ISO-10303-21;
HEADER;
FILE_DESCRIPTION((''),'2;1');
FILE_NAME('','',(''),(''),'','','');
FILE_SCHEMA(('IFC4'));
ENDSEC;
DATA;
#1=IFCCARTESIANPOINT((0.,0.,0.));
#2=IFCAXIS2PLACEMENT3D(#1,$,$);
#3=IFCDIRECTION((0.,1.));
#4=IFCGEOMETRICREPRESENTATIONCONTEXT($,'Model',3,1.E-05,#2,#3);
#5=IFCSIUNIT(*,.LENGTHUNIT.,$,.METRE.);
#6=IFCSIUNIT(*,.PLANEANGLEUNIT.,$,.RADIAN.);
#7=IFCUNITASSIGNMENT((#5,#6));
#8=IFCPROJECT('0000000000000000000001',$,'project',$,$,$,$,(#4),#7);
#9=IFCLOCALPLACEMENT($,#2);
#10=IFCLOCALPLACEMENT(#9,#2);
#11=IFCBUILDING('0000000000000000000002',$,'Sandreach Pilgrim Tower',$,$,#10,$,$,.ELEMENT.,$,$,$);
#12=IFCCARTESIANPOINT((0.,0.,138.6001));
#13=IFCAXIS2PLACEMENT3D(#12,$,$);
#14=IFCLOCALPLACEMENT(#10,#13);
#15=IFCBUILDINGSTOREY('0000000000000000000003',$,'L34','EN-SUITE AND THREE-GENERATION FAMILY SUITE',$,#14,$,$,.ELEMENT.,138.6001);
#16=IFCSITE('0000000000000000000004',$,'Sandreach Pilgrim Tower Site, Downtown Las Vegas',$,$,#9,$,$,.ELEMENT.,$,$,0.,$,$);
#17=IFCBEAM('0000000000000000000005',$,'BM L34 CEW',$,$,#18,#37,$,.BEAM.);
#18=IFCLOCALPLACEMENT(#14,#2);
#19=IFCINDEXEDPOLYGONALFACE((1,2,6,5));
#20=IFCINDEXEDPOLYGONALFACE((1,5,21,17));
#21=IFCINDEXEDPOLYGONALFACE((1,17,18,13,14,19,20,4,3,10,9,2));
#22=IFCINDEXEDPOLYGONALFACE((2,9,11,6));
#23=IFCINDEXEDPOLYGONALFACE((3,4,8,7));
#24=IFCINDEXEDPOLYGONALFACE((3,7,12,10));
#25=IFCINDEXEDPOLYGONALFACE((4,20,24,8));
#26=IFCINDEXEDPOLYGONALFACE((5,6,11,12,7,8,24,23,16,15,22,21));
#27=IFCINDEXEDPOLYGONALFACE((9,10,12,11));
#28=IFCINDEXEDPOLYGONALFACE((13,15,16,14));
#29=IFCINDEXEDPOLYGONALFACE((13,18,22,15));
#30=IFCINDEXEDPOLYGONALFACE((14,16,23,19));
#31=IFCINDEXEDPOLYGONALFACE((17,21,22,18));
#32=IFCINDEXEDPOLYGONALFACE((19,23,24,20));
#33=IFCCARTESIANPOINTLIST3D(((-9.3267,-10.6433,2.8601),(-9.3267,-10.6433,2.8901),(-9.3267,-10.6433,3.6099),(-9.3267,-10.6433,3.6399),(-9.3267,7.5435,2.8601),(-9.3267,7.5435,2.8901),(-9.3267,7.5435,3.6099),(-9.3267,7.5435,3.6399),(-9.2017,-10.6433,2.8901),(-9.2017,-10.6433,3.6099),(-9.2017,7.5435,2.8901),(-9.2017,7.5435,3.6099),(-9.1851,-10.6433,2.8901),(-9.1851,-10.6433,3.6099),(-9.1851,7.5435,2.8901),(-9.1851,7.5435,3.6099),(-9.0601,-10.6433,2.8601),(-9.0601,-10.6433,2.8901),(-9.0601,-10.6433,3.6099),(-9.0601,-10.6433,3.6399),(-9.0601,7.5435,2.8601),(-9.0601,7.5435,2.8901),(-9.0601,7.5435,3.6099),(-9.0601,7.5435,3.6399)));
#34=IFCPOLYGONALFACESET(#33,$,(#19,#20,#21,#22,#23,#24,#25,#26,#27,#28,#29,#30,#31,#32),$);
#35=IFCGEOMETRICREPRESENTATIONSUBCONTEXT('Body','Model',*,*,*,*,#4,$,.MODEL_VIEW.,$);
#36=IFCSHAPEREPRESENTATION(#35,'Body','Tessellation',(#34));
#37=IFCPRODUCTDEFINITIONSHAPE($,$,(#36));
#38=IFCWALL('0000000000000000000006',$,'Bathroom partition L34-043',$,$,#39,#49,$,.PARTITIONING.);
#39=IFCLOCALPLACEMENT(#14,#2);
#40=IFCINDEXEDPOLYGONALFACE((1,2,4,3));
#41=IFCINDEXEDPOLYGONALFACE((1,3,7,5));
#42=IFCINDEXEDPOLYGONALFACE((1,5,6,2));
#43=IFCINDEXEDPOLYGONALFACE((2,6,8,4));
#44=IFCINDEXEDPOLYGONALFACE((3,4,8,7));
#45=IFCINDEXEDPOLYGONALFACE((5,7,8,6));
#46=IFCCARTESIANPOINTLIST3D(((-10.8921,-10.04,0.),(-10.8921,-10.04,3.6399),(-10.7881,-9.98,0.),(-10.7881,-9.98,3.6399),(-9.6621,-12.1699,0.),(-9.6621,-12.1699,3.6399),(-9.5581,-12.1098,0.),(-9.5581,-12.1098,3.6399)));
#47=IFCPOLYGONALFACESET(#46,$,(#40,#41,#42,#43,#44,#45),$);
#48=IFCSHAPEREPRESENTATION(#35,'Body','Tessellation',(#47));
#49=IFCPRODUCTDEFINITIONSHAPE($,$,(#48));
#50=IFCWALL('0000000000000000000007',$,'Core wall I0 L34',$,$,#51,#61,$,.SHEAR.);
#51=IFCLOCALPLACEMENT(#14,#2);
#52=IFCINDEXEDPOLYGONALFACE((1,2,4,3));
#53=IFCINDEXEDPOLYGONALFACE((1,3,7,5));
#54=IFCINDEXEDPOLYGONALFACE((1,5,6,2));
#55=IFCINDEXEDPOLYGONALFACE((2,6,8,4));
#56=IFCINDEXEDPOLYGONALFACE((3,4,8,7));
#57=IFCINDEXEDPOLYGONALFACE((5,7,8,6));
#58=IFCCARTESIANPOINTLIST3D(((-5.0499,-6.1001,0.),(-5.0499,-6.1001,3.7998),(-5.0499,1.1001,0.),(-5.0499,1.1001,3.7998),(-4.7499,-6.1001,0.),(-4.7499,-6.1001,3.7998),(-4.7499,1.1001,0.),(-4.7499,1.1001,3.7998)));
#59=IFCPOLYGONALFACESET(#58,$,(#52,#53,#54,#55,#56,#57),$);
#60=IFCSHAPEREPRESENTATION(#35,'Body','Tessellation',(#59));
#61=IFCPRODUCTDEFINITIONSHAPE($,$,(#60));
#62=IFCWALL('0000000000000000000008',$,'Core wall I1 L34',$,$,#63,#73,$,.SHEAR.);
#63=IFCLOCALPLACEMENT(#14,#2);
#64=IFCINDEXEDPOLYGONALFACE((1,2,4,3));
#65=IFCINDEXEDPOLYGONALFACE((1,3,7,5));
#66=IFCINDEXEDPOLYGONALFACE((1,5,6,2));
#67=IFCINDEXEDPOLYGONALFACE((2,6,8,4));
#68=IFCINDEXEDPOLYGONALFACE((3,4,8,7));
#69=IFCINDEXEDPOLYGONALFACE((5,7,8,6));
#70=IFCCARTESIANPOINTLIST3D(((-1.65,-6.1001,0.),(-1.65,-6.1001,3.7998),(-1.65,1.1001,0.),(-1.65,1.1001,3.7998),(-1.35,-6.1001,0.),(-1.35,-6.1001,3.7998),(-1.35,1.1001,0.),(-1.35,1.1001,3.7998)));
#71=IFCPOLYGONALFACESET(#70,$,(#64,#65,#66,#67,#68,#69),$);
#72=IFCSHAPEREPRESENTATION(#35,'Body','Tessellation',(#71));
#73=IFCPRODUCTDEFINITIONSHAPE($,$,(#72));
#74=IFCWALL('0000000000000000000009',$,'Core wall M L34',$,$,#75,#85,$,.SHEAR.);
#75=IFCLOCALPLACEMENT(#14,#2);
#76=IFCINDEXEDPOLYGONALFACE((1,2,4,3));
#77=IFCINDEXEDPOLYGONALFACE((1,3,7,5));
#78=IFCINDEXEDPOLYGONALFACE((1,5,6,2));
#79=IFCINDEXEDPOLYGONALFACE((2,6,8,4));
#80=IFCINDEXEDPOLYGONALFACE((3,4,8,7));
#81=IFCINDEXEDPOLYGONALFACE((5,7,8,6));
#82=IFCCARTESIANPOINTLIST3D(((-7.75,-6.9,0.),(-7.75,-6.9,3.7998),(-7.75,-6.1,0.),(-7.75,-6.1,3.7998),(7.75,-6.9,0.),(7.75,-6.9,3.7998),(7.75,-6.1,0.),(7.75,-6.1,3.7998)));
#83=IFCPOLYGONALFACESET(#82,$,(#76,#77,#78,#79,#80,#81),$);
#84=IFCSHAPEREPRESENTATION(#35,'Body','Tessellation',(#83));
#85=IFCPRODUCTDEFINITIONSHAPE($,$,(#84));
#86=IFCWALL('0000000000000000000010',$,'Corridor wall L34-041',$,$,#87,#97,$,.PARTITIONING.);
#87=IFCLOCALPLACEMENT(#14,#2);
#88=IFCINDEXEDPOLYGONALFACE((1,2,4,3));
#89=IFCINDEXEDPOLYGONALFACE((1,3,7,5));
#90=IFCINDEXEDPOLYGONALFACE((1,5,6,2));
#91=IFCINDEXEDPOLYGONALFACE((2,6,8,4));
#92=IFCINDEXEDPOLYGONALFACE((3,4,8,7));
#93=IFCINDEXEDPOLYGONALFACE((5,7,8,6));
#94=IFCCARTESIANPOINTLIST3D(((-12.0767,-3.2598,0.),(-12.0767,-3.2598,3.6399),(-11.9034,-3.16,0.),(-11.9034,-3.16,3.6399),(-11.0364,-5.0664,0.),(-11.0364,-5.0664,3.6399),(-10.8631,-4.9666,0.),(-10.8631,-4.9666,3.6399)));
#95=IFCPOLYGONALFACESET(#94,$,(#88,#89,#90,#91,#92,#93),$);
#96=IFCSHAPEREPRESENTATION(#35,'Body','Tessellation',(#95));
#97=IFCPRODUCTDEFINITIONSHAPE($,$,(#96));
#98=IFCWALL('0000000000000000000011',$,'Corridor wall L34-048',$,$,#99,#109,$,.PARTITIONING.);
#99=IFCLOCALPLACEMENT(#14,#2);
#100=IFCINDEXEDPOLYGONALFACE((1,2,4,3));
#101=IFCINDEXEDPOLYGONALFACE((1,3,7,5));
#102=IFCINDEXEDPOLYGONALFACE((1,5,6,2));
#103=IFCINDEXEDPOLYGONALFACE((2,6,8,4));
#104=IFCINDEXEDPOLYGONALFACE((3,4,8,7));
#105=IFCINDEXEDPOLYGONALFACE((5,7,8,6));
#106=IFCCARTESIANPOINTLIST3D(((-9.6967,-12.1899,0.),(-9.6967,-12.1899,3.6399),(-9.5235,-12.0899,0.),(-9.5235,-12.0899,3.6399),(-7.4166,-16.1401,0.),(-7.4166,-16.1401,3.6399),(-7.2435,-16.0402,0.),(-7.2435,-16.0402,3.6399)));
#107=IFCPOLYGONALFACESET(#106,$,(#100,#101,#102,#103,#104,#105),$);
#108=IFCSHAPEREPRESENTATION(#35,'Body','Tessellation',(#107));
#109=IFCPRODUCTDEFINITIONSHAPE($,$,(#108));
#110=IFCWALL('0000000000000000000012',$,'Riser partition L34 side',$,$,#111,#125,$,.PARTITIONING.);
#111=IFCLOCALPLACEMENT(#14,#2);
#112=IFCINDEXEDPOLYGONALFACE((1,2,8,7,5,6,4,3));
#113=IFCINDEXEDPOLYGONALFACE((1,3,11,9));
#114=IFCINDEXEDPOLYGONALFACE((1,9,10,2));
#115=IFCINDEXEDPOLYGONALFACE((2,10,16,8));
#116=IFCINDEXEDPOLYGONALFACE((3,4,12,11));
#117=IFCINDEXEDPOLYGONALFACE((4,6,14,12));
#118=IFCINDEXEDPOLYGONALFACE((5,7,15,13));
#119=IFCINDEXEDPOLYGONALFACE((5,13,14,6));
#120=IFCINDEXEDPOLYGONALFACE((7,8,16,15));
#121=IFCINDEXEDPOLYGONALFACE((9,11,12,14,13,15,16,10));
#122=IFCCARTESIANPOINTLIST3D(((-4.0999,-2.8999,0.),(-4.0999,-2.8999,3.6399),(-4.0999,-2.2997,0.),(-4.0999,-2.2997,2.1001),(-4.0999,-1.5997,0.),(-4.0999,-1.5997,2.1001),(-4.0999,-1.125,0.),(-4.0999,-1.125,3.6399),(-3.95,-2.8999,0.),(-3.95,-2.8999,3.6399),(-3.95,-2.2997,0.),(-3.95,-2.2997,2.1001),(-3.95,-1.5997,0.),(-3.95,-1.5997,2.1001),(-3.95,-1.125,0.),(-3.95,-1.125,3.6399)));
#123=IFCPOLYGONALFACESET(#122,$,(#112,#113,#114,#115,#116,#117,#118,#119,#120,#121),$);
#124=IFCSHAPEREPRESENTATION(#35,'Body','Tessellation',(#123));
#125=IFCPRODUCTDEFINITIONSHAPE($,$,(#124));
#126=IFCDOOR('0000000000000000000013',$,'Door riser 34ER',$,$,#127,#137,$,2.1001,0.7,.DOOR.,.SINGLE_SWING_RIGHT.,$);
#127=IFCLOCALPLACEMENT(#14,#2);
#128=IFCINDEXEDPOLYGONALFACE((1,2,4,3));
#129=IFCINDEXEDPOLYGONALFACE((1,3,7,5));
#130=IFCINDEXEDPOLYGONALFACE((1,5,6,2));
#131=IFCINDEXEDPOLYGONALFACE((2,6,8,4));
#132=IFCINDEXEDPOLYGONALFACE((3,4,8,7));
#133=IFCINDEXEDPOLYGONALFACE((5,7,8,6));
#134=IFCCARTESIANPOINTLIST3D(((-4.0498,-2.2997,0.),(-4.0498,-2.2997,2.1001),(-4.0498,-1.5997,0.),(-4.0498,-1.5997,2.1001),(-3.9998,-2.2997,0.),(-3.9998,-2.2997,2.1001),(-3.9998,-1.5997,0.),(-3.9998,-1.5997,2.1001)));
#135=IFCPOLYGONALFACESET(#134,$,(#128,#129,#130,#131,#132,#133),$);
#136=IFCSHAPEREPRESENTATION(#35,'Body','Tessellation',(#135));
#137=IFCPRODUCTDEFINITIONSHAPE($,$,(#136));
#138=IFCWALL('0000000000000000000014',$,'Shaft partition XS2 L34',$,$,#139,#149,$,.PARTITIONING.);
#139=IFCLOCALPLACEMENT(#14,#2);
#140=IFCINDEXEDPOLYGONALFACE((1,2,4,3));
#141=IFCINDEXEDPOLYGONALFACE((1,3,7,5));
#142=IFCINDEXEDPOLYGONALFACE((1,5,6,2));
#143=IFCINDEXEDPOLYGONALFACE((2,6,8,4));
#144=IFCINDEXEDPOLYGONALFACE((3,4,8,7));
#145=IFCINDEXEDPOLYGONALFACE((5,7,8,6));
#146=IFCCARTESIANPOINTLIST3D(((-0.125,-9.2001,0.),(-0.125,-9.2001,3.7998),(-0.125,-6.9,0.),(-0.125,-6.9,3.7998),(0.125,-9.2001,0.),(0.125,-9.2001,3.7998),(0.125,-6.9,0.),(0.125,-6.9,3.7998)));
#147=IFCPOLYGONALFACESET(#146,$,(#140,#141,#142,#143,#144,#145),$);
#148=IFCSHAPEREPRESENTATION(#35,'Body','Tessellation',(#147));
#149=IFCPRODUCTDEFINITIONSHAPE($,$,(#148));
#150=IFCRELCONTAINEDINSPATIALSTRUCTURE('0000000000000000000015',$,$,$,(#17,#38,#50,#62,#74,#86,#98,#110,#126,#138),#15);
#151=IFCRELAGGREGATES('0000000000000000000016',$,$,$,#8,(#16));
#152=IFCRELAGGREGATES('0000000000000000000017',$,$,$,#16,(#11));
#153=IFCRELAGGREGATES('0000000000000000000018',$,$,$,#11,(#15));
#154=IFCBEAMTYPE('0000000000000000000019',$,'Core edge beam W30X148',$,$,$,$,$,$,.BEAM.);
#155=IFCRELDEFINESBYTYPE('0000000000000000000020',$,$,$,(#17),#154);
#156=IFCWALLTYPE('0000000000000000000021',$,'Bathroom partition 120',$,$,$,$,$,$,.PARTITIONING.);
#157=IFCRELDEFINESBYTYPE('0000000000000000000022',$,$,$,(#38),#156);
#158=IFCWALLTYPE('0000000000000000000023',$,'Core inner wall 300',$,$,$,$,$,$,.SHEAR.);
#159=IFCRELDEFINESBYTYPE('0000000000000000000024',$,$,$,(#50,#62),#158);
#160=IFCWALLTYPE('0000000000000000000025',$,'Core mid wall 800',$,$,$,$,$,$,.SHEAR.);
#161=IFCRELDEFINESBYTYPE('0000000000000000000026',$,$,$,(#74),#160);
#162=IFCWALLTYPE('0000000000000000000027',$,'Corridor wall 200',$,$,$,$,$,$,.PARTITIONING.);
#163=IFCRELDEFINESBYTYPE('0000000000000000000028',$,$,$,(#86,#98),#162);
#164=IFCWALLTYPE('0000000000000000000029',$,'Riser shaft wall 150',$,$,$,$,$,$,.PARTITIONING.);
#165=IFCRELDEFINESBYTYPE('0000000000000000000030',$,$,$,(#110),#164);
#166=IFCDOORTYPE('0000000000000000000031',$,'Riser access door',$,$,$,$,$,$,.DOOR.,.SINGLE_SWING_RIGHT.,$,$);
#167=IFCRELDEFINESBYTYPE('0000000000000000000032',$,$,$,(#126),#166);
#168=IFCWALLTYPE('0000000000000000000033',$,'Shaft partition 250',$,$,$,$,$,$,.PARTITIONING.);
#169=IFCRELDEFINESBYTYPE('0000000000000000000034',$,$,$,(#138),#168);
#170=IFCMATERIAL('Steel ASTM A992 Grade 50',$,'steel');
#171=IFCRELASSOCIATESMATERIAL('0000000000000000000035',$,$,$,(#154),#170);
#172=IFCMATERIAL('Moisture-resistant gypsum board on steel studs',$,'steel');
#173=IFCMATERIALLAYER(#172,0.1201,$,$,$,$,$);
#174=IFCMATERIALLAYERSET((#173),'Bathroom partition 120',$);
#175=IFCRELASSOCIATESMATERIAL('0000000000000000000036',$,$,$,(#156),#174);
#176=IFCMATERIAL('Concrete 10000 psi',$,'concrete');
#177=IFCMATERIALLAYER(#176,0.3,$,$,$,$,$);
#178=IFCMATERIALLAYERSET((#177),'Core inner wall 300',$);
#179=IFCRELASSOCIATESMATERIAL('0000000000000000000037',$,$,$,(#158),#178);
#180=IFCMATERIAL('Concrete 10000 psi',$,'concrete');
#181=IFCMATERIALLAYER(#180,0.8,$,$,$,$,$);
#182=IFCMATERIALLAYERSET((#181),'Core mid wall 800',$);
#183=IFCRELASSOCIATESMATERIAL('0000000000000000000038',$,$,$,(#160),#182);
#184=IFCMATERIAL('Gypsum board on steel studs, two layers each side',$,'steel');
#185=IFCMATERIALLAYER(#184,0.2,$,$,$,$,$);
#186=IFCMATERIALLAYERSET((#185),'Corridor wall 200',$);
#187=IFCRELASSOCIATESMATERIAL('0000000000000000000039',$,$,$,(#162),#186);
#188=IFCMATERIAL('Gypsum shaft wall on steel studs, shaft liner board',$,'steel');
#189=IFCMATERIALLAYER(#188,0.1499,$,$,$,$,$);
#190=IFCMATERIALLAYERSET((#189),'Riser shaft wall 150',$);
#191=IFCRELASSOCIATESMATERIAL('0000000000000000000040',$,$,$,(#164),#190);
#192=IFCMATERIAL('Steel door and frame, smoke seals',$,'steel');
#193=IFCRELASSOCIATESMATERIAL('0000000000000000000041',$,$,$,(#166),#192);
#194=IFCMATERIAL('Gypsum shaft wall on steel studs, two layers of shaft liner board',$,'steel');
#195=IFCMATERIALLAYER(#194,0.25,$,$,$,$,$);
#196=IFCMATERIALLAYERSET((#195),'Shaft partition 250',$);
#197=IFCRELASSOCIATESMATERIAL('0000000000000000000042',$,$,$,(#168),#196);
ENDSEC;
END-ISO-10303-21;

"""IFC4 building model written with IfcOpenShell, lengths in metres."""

from ifc_helpers import new_model, si_unit, direction, frame, frame_2d, origin, origin_2d, place, context, subcontext, project, spatial, rectangle, i_section, extrude, material, layer, layer_set, material_profile, profile_set, type_object, element, fill, save


model = new_model("IFC4")

# Units and contexts
model_context = context("Model", 3, precision=1e-05, world=origin(), true_north=direction((0.0, 1.0)))
body_context = subcontext(model_context, "Body", "Model", "MODEL_VIEW")
ifc_project = project(units=[si_unit("LENGTHUNIT", "METRE"), si_unit("PLANEANGLEUNIT", "RADIAN")], contexts=[model_context])

# Site, building, storey
site_placement = place(None, origin())
site = spatial("IfcSite", under=ifc_project, at=site_placement, Name="Sandreach Pilgrim Tower Site, Downtown Las Vegas", CompositionType="ELEMENT", RefElevation=0.0)
building_placement = place(site_placement, origin())
building = spatial("IfcBuilding", under=site, at=building_placement, Name="Sandreach Pilgrim Tower", CompositionType="ELEMENT")
storey_placement = place(building_placement, frame((0.0, 0.0, 138.6001)))
storey = spatial("IfcBuildingStorey", under=building, at=storey_placement, Name="L34", Description="EN-SUITE AND THREE-GENERATION FAMILY SUITE", CompositionType="ELEMENT", Elevation=138.6001)

# Beam
ifc_material_1 = material(Name="Steel ASTM A992 Grade 50", Category="steel")
ifc_material_profile = material_profile(ifc_material_1, i_section(OverallWidth=0.2666, OverallDepth=0.7798, WebThickness=0.0166, FlangeThickness=0.03, at=origin_2d()), Name="W30X148")
ifc_profile_set = profile_set([ifc_material_profile], Name="Steel ASTM A992 Grade 50")
beam_type = type_object("IfcBeamType", Name="Core edge beam W30X148", PredefinedType="BEAM", material=ifc_profile_set)
beam_placement = place(storey_placement, frame((-9.1934, -10.6433, 3.25), z_axis=(0.0, 1.0, 0.0), x_axis=(-1.0, 0.0, 0.0)))
element("IfcBeam", 1, at=beam_placement, inside=storey, type_object=beam_type, Name="BM L34 CEW", PredefinedType="BEAM", context=body_context, shape_type="SweptSolid", body=[
    extrude(i_section(OverallWidth=0.2666, OverallDepth=0.7798, WebThickness=0.0166, FlangeThickness=0.03, at=origin_2d()), origin(), (0.0, 0.0, 1.0), 18.1868),
])

# Walls
ifc_material_2 = material(Name="Moisture-resistant gypsum board on steel studs", Category="steel")
ifc_layer_1 = layer(ifc_material_2, 0.1201)
ifc_layer_set_1 = layer_set([ifc_layer_1], Name="Bathroom partition 120")
wall_type_1 = type_object("IfcWallType", Name="Bathroom partition 120", PredefinedType="PARTITIONING", material=ifc_layer_set_1)
wall_1_placement = place(storey_placement, frame((-10.8401, -10.01, 0.0), z_axis=(0.0, 0.0, 1.0), x_axis=(0.500089, -0.865974, 0.0)))
element("IfcWall", 2, at=wall_1_placement, inside=storey, type_object=wall_type_1, Name="Bathroom partition L34-043", PredefinedType="PARTITIONING", context=body_context, shape_type="SweptSolid", body=[
    extrude(rectangle(XDim=2.4595, YDim=0.1201, at=frame_2d((1.2297, 0.0))), origin(), (0.0, 0.0, 1.0), 3.6399),
])
ifc_material_3 = material(Name="Concrete 10000 psi", Category="concrete")
ifc_layer_2 = layer(ifc_material_3, 0.3)
ifc_layer_set_2 = layer_set([ifc_layer_2], Name="Core inner wall 300")
wall_type_2 = type_object("IfcWallType", Name="Core inner wall 300", PredefinedType="SHEAR", material=ifc_layer_set_2)
for number, where, z_axis, x_axis, name in (
    (3, (-4.8999, -6.1001, 0.0), (0.0, 0.0, 1.0), (0.0, 1.0, 0.0), "Core wall I0 L34"),
    (4, (-1.5, -6.1001, 0.0), (0.0, 0.0, 1.0), (0.0, 1.0, 0.0), "Core wall I1 L34"),
):
    element("IfcWall", number, at=place(storey_placement, frame(where, z_axis=z_axis, x_axis=x_axis)), inside=storey, type_object=wall_type_2, Name=name, PredefinedType="SHEAR", context=body_context, shape_type="SweptSolid", body=[
        extrude(rectangle(XDim=7.2002, YDim=0.3, at=frame_2d((3.6001, 0.0))), origin(), (0.0, 0.0, 1.0), 3.7998),
    ])

# Wall
ifc_material_4 = material(Name="Concrete 10000 psi", Category="concrete")
ifc_layer_3 = layer(ifc_material_4, 0.8)
ifc_layer_set_3 = layer_set([ifc_layer_3], Name="Core mid wall 800")
wall_type_3 = type_object("IfcWallType", Name="Core mid wall 800", PredefinedType="SHEAR", material=ifc_layer_set_3)
wall_2_placement = place(storey_placement, frame((-7.75, -6.5, 0.0), z_axis=(0.0, 0.0, 1.0), x_axis=(1.0, 0.0, 0.0)))
element("IfcWall", 5, at=wall_2_placement, inside=storey, type_object=wall_type_3, Name="Core wall M L34", PredefinedType="SHEAR", context=body_context, shape_type="SweptSolid", body=[
    extrude(rectangle(XDim=15.5, YDim=0.8, at=frame_2d((7.75, 0.0))), origin(), (0.0, 0.0, 1.0), 3.7998),
])

# Shared definitions
ifc_material_5 = material(Name="Gypsum board on steel studs, two layers each side", Category="steel")
ifc_layer_4 = layer(ifc_material_5, 0.2)
ifc_layer_set_4 = layer_set([ifc_layer_4], Name="Corridor wall 200")
wall_type_4 = type_object("IfcWallType", Name="Corridor wall 200", PredefinedType="PARTITIONING", material=ifc_layer_set_4)

# Walls
wall_3_placement = place(storey_placement, frame((-10.9497, -5.0166, 0.0), z_axis=(0.0, 0.0, 1.0), x_axis=(-0.498999, 0.866603, 0.0)))
element("IfcWall", 6, at=wall_3_placement, inside=storey, type_object=wall_type_4, Name="Corridor wall L34-041", PredefinedType="PARTITIONING", context=body_context, shape_type="SweptSolid", body=[
    extrude(rectangle(XDim=2.0847, YDim=0.2, at=frame_2d((1.0425, 0.0))), origin(), (0.0, 0.0, 1.0), 3.6399),
])
wall_4_placement = place(storey_placement, frame((-9.6101, -12.1399, 0.0), z_axis=(0.0, 0.0, 1.0), x_axis=(0.499899, -0.866084, 0.0)))
element("IfcWall", 7, at=wall_4_placement, inside=storey, type_object=wall_type_4, Name="Corridor wall L34-048", PredefinedType="PARTITIONING", context=body_context, shape_type="SweptSolid", body=[
    extrude(rectangle(XDim=4.561, YDim=0.2, at=frame_2d((2.2805, 0.0))), origin(), (0.0, 0.0, 1.0), 3.6399),
])

# Wall, opening, door
ifc_material_6 = material(Name="Gypsum shaft wall on steel studs, shaft liner board", Category="steel")
ifc_layer_5 = layer(ifc_material_6, 0.1499)
ifc_layer_set_5 = layer_set([ifc_layer_5], Name="Riser shaft wall 150")
wall_type_5 = type_object("IfcWallType", Name="Riser shaft wall 150", PredefinedType="PARTITIONING", material=ifc_layer_set_5)
wall_5_placement = place(storey_placement, frame((-4.0249, -2.8999, 0.0), z_axis=(0.0, 0.0, 1.0), x_axis=(0.0, 1.0, 0.0)))
wall_5 = element("IfcWall", 8, at=wall_5_placement, inside=storey, type_object=wall_type_5, Name="Riser partition L34 side", PredefinedType="PARTITIONING", context=body_context, shape_type="SweptSolid", body=[
    extrude(rectangle(XDim=1.7749, YDim=0.1499, at=frame_2d((0.8875, 0.0))), origin(), (0.0, 0.0, 1.0), 3.6399),
])
opening_1_placement = place(wall_5_placement, frame((0.6001, 0.0, 0.0)))
opening_1 = element("IfcOpeningElement", 9, at=opening_1_placement, cuts=wall_5, PredefinedType="OPENING", context=body_context, shape_type="SweptSolid", body=[
    extrude(rectangle(XDim=0.7, YDim=2.1001, at=frame_2d((0.3501, 1.05))), frame((0.0, 0.075, 0.0), z_axis=(0.0, -1.0, 0.0), x_axis=(1.0, 0.0, 0.0)), (0.0, 0.0, 1.0), 0.1499),
])
ifc_material_7 = material(Name="Steel door and frame, smoke seals", Category="steel")
door_type_1 = type_object("IfcDoorType", Name="Riser access door", OperationType="SINGLE_SWING_RIGHT", PredefinedType="DOOR", material=ifc_material_7)
door_1_placement = place(opening_1_placement, origin())
door_1 = element("IfcDoor", 10, at=door_1_placement, inside=storey, type_object=door_type_1, Name="Door riser 34ER", OperationType="SINGLE_SWING_RIGHT", OverallHeight=2.1001, OverallWidth=0.7, PredefinedType="DOOR", context=body_context, shape_type="SweptSolid", body=[
    extrude(rectangle(XDim=0.7, YDim=2.1001, at=frame_2d((0.3501, 1.05))), frame((0.0, 0.0249, 0.0), z_axis=(0.0, -1.0, 0.0), x_axis=(1.0, 0.0, 0.0)), (0.0, 0.0, 1.0), 0.05),
])
fill(opening_1, door_1)

# Wall
ifc_material_8 = material(Name="Gypsum shaft wall on steel studs, two layers of shaft liner board", Category="steel")
ifc_layer_6 = layer(ifc_material_8, 0.25)
ifc_layer_set_6 = layer_set([ifc_layer_6], Name="Shaft partition 250")
wall_type_6 = type_object("IfcWallType", Name="Shaft partition 250", PredefinedType="PARTITIONING", material=ifc_layer_set_6)
wall_6_placement = place(storey_placement, frame((0.0, -9.2, 0.0), z_axis=(0.0, 0.0, 1.0), x_axis=(0.0, 1.0, 0.0)))
element("IfcWall", 11, at=wall_6_placement, inside=storey, type_object=wall_type_6, Name="Shaft partition XS2 L34", PredefinedType="PARTITIONING", context=body_context, shape_type="SweptSolid", body=[
    extrude(rectangle(XDim=2.3, YDim=0.25, at=frame_2d((1.1499, 0.0))), origin(), (0.0, 0.0, 1.0), 3.7998),
])

save(model, "model.ifc")
